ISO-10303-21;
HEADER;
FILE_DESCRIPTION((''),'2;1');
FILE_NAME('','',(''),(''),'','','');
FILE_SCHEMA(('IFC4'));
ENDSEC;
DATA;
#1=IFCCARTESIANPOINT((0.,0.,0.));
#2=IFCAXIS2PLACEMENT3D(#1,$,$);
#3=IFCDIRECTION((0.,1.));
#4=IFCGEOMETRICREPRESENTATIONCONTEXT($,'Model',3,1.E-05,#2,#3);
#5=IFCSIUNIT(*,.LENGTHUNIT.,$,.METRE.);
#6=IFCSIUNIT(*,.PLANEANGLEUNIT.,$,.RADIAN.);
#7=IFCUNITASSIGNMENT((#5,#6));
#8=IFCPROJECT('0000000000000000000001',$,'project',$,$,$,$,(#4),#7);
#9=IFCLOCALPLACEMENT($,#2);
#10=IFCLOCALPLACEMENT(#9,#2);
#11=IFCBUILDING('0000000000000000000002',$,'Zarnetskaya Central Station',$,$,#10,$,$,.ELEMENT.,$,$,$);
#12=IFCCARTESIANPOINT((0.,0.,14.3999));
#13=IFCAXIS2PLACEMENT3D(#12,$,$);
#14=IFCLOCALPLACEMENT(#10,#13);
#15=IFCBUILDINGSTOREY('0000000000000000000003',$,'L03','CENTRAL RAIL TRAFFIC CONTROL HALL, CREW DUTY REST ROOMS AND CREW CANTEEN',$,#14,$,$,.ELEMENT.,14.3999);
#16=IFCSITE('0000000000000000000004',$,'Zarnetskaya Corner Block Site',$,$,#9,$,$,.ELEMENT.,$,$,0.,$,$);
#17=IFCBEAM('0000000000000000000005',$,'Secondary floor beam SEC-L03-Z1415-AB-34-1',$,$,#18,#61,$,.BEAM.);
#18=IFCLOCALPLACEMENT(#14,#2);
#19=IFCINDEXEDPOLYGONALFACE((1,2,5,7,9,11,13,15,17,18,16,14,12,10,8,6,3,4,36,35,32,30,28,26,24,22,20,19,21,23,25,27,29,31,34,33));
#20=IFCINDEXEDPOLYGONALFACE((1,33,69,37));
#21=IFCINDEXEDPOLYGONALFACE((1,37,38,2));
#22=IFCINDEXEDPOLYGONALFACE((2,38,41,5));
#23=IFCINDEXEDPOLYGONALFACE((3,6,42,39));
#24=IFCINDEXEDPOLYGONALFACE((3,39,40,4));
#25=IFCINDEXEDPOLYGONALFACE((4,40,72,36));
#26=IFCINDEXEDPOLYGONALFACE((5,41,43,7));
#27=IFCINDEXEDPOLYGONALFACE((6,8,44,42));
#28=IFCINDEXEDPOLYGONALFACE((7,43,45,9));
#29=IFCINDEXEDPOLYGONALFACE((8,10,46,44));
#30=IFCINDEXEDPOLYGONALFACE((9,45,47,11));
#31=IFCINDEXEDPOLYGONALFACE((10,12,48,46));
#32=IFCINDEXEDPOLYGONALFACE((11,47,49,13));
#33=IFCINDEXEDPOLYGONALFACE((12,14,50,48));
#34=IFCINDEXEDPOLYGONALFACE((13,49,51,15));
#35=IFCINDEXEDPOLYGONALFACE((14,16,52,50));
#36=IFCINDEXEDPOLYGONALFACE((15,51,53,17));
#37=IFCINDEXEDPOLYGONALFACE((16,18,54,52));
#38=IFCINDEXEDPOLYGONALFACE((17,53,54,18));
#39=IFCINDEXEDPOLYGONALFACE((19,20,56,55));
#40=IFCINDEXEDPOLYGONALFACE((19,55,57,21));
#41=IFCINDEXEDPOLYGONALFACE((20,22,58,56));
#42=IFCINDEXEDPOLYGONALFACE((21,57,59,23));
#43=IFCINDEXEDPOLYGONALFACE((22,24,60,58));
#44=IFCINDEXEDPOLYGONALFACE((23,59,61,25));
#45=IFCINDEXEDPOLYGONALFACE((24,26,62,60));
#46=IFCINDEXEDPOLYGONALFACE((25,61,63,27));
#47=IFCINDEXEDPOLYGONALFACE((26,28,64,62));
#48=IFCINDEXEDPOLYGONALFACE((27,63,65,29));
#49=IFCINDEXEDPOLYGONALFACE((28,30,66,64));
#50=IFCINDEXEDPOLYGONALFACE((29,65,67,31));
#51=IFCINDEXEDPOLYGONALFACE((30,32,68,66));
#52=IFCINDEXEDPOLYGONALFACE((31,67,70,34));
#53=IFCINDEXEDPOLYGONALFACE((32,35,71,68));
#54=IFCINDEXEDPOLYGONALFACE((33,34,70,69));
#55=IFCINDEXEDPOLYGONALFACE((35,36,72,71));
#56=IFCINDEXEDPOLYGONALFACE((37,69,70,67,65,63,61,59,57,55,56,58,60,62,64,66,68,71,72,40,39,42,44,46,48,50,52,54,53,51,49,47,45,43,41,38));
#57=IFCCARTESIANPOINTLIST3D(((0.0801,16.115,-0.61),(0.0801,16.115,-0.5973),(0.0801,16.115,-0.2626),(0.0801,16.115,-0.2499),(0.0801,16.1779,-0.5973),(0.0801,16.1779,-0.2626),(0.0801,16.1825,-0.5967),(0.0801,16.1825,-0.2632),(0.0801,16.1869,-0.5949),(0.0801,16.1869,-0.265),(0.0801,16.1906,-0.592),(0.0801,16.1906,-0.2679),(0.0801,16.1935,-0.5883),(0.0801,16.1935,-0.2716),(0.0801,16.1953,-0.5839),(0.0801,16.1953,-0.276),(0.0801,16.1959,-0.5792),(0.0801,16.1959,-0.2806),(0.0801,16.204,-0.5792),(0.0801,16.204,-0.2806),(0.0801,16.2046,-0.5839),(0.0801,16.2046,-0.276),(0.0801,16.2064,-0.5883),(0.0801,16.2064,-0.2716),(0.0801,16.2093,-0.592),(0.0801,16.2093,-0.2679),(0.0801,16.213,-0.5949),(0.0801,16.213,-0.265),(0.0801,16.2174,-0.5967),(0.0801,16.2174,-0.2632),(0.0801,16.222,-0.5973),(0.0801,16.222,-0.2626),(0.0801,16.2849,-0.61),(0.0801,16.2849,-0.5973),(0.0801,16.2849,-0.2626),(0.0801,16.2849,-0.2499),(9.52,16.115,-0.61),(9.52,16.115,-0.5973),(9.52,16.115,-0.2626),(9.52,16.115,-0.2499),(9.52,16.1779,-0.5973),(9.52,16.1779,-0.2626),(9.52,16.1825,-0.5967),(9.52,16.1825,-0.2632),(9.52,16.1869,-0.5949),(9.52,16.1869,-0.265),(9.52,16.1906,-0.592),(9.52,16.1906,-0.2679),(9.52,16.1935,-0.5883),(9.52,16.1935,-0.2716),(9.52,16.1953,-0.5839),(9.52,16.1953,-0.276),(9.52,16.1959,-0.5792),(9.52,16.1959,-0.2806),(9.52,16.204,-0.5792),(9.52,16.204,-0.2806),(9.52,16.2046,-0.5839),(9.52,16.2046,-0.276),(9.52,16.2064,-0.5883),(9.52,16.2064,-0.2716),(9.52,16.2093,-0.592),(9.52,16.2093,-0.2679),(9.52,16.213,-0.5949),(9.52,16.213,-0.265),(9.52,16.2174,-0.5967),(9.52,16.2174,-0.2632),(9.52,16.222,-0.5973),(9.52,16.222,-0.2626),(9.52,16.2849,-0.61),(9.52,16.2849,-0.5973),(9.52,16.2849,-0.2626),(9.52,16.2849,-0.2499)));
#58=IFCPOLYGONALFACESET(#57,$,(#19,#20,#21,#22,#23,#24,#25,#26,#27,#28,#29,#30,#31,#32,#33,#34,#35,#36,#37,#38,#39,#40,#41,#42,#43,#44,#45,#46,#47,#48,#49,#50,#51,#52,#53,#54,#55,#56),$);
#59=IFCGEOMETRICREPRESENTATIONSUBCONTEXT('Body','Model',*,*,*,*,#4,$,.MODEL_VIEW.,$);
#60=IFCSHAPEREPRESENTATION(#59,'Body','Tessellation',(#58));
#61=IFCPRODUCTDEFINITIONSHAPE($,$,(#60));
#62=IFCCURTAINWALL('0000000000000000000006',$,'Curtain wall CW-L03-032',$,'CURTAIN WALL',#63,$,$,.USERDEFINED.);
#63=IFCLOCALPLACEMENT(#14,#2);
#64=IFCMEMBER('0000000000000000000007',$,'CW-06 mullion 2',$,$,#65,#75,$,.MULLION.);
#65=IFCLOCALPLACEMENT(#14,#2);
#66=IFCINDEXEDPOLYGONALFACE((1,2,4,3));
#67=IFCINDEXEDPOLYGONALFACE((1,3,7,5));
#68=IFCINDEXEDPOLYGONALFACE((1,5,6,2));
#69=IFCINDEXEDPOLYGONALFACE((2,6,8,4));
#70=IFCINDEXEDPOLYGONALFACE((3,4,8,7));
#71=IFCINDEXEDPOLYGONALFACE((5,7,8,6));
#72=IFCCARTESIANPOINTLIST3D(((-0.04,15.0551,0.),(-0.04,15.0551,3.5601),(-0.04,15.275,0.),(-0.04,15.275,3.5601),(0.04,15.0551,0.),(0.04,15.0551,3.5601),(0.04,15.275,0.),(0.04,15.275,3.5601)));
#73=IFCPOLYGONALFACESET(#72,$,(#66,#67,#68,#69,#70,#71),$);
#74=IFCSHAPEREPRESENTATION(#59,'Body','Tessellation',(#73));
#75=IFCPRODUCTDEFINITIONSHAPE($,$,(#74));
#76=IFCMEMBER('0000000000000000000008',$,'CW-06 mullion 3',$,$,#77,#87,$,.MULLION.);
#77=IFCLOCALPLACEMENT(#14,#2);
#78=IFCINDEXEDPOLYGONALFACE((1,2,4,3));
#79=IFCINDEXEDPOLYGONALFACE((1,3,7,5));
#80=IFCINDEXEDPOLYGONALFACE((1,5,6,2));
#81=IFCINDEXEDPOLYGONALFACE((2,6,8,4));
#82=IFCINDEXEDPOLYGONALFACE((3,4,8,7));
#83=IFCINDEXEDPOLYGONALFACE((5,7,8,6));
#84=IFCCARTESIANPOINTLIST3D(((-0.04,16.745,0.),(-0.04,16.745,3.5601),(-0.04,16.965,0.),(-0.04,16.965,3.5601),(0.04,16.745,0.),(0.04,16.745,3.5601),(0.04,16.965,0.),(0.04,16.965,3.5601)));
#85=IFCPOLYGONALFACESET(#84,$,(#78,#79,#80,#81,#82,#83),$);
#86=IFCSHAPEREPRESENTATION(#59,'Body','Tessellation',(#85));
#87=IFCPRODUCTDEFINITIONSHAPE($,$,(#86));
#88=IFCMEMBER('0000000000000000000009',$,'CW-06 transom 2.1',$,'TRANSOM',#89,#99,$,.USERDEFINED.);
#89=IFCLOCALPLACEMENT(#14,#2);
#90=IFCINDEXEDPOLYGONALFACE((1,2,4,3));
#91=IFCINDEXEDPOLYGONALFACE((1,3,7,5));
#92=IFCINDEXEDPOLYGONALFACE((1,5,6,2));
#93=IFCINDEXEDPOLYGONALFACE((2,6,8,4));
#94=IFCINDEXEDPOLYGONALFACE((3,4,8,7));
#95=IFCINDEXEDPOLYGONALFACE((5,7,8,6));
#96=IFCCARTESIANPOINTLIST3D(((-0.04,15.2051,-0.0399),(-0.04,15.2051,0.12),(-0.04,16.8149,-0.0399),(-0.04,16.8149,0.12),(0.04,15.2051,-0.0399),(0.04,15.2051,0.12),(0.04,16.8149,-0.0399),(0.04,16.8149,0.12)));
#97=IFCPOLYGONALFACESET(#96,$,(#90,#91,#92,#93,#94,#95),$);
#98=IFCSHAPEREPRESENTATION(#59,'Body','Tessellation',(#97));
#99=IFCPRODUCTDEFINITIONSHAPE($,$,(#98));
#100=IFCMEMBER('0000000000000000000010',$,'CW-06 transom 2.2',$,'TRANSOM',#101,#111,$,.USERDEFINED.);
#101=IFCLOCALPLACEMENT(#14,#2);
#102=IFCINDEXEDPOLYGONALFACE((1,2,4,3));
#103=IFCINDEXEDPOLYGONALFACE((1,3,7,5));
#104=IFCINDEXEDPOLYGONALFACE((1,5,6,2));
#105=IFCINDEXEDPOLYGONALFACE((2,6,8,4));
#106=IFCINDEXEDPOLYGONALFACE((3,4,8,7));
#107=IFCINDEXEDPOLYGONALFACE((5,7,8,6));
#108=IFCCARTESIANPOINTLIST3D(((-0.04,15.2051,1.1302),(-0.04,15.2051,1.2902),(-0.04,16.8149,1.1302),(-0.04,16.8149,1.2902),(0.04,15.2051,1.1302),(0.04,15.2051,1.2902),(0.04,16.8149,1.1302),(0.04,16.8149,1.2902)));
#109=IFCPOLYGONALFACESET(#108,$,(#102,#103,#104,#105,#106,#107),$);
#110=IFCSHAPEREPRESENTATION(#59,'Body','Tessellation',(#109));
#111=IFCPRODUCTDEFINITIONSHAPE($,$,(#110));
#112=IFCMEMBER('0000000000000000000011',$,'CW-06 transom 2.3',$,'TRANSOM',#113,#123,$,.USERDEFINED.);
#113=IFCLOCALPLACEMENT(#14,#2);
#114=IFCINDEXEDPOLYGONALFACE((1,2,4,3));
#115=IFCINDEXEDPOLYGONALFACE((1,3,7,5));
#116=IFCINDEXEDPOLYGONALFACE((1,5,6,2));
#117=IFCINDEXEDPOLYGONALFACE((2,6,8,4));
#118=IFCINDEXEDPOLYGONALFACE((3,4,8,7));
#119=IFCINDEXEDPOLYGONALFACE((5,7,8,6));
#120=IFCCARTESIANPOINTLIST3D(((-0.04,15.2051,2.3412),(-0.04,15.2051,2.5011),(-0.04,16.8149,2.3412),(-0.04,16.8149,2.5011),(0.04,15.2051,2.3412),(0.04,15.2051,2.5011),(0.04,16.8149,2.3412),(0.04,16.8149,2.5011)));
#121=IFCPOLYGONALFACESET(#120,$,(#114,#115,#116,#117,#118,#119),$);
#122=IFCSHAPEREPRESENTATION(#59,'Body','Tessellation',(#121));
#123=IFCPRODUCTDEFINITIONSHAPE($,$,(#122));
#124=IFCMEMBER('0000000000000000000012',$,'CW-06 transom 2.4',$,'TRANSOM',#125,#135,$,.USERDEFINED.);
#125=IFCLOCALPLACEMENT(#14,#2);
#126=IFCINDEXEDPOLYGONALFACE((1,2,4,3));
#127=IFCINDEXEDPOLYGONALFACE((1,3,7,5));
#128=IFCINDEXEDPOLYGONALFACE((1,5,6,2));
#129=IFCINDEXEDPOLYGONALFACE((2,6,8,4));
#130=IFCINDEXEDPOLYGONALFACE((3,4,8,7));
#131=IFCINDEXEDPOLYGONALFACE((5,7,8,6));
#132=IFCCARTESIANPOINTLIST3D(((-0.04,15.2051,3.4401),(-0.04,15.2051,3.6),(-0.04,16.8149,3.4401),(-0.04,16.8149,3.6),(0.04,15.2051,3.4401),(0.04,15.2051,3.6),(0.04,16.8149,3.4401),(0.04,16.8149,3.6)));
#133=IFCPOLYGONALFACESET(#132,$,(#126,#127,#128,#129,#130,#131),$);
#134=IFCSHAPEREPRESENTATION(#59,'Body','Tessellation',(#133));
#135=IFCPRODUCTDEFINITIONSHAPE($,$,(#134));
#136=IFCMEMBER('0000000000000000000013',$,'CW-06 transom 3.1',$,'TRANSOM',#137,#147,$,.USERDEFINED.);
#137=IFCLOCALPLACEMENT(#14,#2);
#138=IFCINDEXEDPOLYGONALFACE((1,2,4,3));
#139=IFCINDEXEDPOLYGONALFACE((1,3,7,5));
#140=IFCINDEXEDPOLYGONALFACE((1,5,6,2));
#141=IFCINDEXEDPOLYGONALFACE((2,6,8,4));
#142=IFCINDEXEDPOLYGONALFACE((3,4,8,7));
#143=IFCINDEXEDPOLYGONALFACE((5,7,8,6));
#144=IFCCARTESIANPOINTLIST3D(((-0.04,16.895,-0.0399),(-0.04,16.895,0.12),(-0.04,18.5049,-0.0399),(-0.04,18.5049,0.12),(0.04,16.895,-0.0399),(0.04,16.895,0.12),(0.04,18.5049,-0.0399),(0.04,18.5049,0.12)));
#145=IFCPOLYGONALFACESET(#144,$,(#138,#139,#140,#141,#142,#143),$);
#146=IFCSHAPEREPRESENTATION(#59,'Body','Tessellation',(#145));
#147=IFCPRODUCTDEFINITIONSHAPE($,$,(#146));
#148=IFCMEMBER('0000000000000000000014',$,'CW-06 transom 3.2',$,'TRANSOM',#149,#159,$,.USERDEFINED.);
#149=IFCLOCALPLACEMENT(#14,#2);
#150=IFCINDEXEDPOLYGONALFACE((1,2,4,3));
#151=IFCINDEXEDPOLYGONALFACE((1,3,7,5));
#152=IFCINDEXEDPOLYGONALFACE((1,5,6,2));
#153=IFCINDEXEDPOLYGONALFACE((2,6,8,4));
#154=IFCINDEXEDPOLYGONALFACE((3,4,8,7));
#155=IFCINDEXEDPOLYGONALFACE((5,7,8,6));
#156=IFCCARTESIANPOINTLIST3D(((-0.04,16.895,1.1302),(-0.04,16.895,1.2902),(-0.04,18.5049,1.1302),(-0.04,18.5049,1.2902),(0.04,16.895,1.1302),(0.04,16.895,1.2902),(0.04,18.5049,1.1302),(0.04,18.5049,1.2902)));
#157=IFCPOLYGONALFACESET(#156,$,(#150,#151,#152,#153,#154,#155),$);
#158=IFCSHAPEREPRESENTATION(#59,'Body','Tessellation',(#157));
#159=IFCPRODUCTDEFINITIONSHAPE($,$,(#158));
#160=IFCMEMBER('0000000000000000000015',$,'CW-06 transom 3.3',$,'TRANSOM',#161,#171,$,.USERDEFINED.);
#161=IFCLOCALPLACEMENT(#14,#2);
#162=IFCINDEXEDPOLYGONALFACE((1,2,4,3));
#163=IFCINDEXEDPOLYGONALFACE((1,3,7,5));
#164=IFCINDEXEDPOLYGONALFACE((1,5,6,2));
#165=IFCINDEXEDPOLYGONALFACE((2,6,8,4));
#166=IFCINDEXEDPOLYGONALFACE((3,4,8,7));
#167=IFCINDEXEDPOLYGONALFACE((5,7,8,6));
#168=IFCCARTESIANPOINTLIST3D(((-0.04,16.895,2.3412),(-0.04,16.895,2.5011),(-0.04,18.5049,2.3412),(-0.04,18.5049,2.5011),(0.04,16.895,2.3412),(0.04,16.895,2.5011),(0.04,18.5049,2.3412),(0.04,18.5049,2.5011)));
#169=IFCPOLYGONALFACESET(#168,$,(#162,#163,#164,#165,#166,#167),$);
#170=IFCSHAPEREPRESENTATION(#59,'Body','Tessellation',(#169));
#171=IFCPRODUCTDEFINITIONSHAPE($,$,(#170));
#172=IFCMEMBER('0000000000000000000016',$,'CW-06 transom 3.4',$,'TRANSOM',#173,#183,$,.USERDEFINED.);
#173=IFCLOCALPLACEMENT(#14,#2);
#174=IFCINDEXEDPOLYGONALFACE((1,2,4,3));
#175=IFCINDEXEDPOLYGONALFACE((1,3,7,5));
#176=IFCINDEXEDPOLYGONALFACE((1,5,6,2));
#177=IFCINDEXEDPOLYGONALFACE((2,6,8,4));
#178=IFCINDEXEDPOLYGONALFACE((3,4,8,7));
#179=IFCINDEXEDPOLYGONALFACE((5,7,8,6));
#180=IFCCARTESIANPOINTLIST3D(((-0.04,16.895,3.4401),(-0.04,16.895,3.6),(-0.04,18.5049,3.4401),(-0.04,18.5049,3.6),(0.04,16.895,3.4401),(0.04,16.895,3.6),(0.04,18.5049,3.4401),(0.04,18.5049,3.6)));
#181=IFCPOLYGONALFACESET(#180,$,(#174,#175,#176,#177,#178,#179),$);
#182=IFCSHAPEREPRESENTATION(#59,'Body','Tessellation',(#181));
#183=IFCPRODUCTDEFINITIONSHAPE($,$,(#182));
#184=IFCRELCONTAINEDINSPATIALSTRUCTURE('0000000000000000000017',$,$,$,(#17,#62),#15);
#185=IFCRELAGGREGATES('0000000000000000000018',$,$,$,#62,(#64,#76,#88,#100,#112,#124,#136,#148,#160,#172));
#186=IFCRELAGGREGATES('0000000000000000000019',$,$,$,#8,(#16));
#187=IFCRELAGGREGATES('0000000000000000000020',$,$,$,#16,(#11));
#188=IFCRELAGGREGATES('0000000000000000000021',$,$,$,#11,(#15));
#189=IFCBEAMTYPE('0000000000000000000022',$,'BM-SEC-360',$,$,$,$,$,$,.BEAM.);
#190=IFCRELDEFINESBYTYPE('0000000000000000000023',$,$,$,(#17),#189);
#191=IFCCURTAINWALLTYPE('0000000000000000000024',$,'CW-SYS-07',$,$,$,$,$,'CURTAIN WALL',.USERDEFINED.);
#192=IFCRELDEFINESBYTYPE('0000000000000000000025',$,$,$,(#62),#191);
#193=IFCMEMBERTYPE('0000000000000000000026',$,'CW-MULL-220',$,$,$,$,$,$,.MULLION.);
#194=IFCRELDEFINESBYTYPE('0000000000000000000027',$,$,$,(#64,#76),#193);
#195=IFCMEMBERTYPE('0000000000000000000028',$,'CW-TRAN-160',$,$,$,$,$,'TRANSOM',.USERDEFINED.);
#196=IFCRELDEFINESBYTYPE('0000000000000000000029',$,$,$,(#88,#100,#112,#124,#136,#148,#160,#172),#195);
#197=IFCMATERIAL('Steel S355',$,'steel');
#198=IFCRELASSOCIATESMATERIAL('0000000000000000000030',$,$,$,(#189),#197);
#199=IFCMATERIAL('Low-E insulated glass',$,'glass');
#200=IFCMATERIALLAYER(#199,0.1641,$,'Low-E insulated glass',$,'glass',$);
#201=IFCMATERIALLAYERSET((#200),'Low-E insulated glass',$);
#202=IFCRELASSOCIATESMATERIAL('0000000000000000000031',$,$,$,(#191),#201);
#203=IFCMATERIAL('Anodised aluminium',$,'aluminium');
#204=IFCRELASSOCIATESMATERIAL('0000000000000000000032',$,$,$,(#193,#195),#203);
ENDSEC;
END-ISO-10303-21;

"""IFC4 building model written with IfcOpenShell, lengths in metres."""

from ifc_helpers import new_model, si_unit, direction, frame, origin, origin_2d, place, context, subcontext, project, spatial, rectangle, i_section, extrude, material, layer, layer_set, material_profile, profile_set, type_object, element, aggregate, save


model = new_model("IFC4")

# Units and contexts
model_context = context("Model", 3, precision=1e-05, world=origin(), true_north=direction((0.0, 1.0)))
body_context = subcontext(model_context, "Body", "Model", "MODEL_VIEW")
ifc_project = project(units=[si_unit("LENGTHUNIT", "METRE"), si_unit("PLANEANGLEUNIT", "RADIAN")], contexts=[model_context])

# Site, building, storey
site_placement = place(None, origin())
site = spatial("IfcSite", under=ifc_project, at=site_placement, Name="Zarnetskaya Corner Block Site", CompositionType="ELEMENT", RefElevation=0.0)
building_placement = place(site_placement, origin())
building = spatial("IfcBuilding", under=site, at=building_placement, Name="Zarnetskaya Central Station", CompositionType="ELEMENT")
storey_placement = place(building_placement, frame((0.0, 0.0, 14.3999)))
storey = spatial("IfcBuildingStorey", under=building, at=storey_placement, Name="L03", Description="CENTRAL RAIL TRAFFIC CONTROL HALL, CREW DUTY REST ROOMS AND CREW CANTEEN", CompositionType="ELEMENT", Elevation=14.3999)

# Beam
ifc_material_1 = material(Name="Steel S355", Category="steel")
ifc_material_profile_1 = material_profile(ifc_material_1, i_section(OverallWidth=0.1699, OverallDepth=0.3601, WebThickness=0.0081, FlangeThickness=0.0127, FilletRadius=0.0181, at=origin_2d()), Name="IPE 360")
ifc_profile_set_1 = profile_set([ifc_material_profile_1], Name="Steel S355")
beam_type = type_object("IfcBeamType", Name="BM-SEC-360", PredefinedType="BEAM", material=ifc_profile_set_1)
beam_placement = place(storey_placement, frame((0.0801, 16.2, -0.4299), z_axis=(1.0, 0.0, 0.0), x_axis=(0.0, 1.0, 0.0)))
element("IfcBeam", 1, at=beam_placement, inside=storey, type_object=beam_type, Name="Secondary floor beam SEC-L03-Z1415-AB-34-1", PredefinedType="BEAM", context=body_context, shape_type="SweptSolid", body=[
    extrude(i_section(OverallWidth=0.1699, OverallDepth=0.3601, WebThickness=0.0081, FlangeThickness=0.0127, FilletRadius=0.0181, at=origin_2d()), origin(), (0.0, 0.0, 1.0), 9.4399),
])

# Curtain wall, members
ifc_material_2 = material(Name="Low-E insulated glass", Category="glass")
ifc_layer_1 = layer(ifc_material_2, 0.1641, Name="Low-E insulated glass", Category="glass")
ifc_layer_set_1 = layer_set([ifc_layer_1], Name="Low-E insulated glass")
curtain_wall_type = type_object("IfcCurtainWallType", Name="CW-SYS-07", ElementType="CURTAIN WALL", PredefinedType="USERDEFINED", material=ifc_layer_set_1)
curtain_wall_placement = place(storey_placement, origin())
curtain_wall = element("IfcCurtainWall", 2, at=curtain_wall_placement, inside=storey, type_object=curtain_wall_type, Name="Curtain wall CW-L03-032", ObjectType="CURTAIN WALL", PredefinedType="USERDEFINED")
ifc_material_3 = material(Name="Anodised aluminium", Category="aluminium")
ifc_material_profile_2 = material_profile(ifc_material_3, rectangle(XDim=0.0801, YDim=0.22, at=origin_2d()), Name="ALU MULL 80x220")
ifc_profile_set_2 = profile_set([ifc_material_profile_2], Name="Anodised aluminium")
member_type_1 = type_object("IfcMemberType", Name="CW-MULL-220", PredefinedType="MULLION", material=ifc_profile_set_2)
member_1_placement = place(storey_placement, frame((0.0, 15.165, 0.0), z_axis=(0.0, 0.0, 1.0), x_axis=(-1.0, 0.0, 0.0)))
member_1 = element("IfcMember", 3, at=member_1_placement, type_object=member_type_1, Name="CW-06 mullion 2", PredefinedType="MULLION", context=body_context, shape_type="SweptSolid", body=[
    extrude(rectangle(XDim=0.0801, YDim=0.22, at=origin_2d()), origin(), (0.0, 0.0, 1.0), 3.5601),
])
member_2_placement = place(storey_placement, frame((0.0, 16.855, 0.0), z_axis=(0.0, 0.0, 1.0), x_axis=(-1.0, 0.0, 0.0)))
member_2 = element("IfcMember", 4, at=member_2_placement, type_object=member_type_1, Name="CW-06 mullion 3", PredefinedType="MULLION", context=body_context, shape_type="SweptSolid", body=[
    extrude(rectangle(XDim=0.0801, YDim=0.22, at=origin_2d()), origin(), (0.0, 0.0, 1.0), 3.5601),
])
ifc_material_profile_3 = material_profile(ifc_material_3, rectangle(XDim=0.0801, YDim=0.1599, at=origin_2d()), Name="ALU TRAN 80x160")
ifc_profile_set_3 = profile_set([ifc_material_profile_3], Name="Anodised aluminium")
member_type_2 = type_object("IfcMemberType", Name="CW-TRAN-160", ElementType="TRANSOM", PredefinedType="USERDEFINED", material=ifc_profile_set_3)
member_3_placement = place(storey_placement, frame((0.0, 15.2051, 0.04), z_axis=(0.0, 1.0, 0.0), x_axis=(-1.0, 0.0, 0.0)))
member_3 = element("IfcMember", 5, at=member_3_placement, type_object=member_type_2, Name="CW-06 transom 2.1", ObjectType="TRANSOM", PredefinedType="USERDEFINED", context=body_context, shape_type="SweptSolid", body=[
    extrude(rectangle(XDim=0.0801, YDim=0.1599, at=origin_2d()), origin(), (0.0, 0.0, 1.0), 1.6099),
])
member_4_placement = place(storey_placement, frame((0.0, 15.2051, 1.2102), z_axis=(0.0, 1.0, 0.0), x_axis=(-1.0, 0.0, 0.0)))
member_4 = element("IfcMember", 6, at=member_4_placement, type_object=member_type_2, Name="CW-06 transom 2.2", ObjectType="TRANSOM", PredefinedType="USERDEFINED", context=body_context, shape_type="SweptSolid", body=[
    extrude(rectangle(XDim=0.0801, YDim=0.1599, at=origin_2d()), origin(), (0.0, 0.0, 1.0), 1.6099),
])
member_5_placement = place(storey_placement, frame((0.0, 15.2051, 2.4211), z_axis=(0.0, 1.0, 0.0), x_axis=(-1.0, 0.0, 0.0)))
member_5 = element("IfcMember", 7, at=member_5_placement, type_object=member_type_2, Name="CW-06 transom 2.3", ObjectType="TRANSOM", PredefinedType="USERDEFINED", context=body_context, shape_type="SweptSolid", body=[
    extrude(rectangle(XDim=0.0801, YDim=0.1599, at=origin_2d()), origin(), (0.0, 0.0, 1.0), 1.6099),
])
member_6_placement = place(storey_placement, frame((0.0, 15.2051, 3.52), z_axis=(0.0, 1.0, 0.0), x_axis=(-1.0, 0.0, 0.0)))
member_6 = element("IfcMember", 8, at=member_6_placement, type_object=member_type_2, Name="CW-06 transom 2.4", ObjectType="TRANSOM", PredefinedType="USERDEFINED", context=body_context, shape_type="SweptSolid", body=[
    extrude(rectangle(XDim=0.0801, YDim=0.1599, at=origin_2d()), origin(), (0.0, 0.0, 1.0), 1.6099),
])
member_7_placement = place(storey_placement, frame((0.0, 16.895, 0.04), z_axis=(0.0, 1.0, 0.0), x_axis=(-1.0, 0.0, 0.0)))
member_7 = element("IfcMember", 9, at=member_7_placement, type_object=member_type_2, Name="CW-06 transom 3.1", ObjectType="TRANSOM", PredefinedType="USERDEFINED", context=body_context, shape_type="SweptSolid", body=[
    extrude(rectangle(XDim=0.0801, YDim=0.1599, at=origin_2d()), origin(), (0.0, 0.0, 1.0), 1.6099),
])
member_8_placement = place(storey_placement, frame((0.0, 16.895, 1.2102), z_axis=(0.0, 1.0, 0.0), x_axis=(-1.0, 0.0, 0.0)))
member_8 = element("IfcMember", 10, at=member_8_placement, type_object=member_type_2, Name="CW-06 transom 3.2", ObjectType="TRANSOM", PredefinedType="USERDEFINED", context=body_context, shape_type="SweptSolid", body=[
    extrude(rectangle(XDim=0.0801, YDim=0.1599, at=origin_2d()), origin(), (0.0, 0.0, 1.0), 1.6099),
])
member_9_placement = place(storey_placement, frame((0.0, 16.895, 2.4211), z_axis=(0.0, 1.0, 0.0), x_axis=(-1.0, 0.0, 0.0)))
member_9 = element("IfcMember", 11, at=member_9_placement, type_object=member_type_2, Name="CW-06 transom 3.3", ObjectType="TRANSOM", PredefinedType="USERDEFINED", context=body_context, shape_type="SweptSolid", body=[
    extrude(rectangle(XDim=0.0801, YDim=0.1599, at=origin_2d()), origin(), (0.0, 0.0, 1.0), 1.6099),
])
member_10_placement = place(storey_placement, frame((0.0, 16.895, 3.52), z_axis=(0.0, 1.0, 0.0), x_axis=(-1.0, 0.0, 0.0)))
member_10 = element("IfcMember", 12, at=member_10_placement, type_object=member_type_2, Name="CW-06 transom 3.4", ObjectType="TRANSOM", PredefinedType="USERDEFINED", context=body_context, shape_type="SweptSolid", body=[
    extrude(rectangle(XDim=0.0801, YDim=0.1599, at=origin_2d()), origin(), (0.0, 0.0, 1.0), 1.6099),
])
aggregate(curtain_wall, [member_1, member_2, member_3, member_4, member_5, member_6, member_7, member_8, member_9, member_10])

save(model, "model.ifc")
